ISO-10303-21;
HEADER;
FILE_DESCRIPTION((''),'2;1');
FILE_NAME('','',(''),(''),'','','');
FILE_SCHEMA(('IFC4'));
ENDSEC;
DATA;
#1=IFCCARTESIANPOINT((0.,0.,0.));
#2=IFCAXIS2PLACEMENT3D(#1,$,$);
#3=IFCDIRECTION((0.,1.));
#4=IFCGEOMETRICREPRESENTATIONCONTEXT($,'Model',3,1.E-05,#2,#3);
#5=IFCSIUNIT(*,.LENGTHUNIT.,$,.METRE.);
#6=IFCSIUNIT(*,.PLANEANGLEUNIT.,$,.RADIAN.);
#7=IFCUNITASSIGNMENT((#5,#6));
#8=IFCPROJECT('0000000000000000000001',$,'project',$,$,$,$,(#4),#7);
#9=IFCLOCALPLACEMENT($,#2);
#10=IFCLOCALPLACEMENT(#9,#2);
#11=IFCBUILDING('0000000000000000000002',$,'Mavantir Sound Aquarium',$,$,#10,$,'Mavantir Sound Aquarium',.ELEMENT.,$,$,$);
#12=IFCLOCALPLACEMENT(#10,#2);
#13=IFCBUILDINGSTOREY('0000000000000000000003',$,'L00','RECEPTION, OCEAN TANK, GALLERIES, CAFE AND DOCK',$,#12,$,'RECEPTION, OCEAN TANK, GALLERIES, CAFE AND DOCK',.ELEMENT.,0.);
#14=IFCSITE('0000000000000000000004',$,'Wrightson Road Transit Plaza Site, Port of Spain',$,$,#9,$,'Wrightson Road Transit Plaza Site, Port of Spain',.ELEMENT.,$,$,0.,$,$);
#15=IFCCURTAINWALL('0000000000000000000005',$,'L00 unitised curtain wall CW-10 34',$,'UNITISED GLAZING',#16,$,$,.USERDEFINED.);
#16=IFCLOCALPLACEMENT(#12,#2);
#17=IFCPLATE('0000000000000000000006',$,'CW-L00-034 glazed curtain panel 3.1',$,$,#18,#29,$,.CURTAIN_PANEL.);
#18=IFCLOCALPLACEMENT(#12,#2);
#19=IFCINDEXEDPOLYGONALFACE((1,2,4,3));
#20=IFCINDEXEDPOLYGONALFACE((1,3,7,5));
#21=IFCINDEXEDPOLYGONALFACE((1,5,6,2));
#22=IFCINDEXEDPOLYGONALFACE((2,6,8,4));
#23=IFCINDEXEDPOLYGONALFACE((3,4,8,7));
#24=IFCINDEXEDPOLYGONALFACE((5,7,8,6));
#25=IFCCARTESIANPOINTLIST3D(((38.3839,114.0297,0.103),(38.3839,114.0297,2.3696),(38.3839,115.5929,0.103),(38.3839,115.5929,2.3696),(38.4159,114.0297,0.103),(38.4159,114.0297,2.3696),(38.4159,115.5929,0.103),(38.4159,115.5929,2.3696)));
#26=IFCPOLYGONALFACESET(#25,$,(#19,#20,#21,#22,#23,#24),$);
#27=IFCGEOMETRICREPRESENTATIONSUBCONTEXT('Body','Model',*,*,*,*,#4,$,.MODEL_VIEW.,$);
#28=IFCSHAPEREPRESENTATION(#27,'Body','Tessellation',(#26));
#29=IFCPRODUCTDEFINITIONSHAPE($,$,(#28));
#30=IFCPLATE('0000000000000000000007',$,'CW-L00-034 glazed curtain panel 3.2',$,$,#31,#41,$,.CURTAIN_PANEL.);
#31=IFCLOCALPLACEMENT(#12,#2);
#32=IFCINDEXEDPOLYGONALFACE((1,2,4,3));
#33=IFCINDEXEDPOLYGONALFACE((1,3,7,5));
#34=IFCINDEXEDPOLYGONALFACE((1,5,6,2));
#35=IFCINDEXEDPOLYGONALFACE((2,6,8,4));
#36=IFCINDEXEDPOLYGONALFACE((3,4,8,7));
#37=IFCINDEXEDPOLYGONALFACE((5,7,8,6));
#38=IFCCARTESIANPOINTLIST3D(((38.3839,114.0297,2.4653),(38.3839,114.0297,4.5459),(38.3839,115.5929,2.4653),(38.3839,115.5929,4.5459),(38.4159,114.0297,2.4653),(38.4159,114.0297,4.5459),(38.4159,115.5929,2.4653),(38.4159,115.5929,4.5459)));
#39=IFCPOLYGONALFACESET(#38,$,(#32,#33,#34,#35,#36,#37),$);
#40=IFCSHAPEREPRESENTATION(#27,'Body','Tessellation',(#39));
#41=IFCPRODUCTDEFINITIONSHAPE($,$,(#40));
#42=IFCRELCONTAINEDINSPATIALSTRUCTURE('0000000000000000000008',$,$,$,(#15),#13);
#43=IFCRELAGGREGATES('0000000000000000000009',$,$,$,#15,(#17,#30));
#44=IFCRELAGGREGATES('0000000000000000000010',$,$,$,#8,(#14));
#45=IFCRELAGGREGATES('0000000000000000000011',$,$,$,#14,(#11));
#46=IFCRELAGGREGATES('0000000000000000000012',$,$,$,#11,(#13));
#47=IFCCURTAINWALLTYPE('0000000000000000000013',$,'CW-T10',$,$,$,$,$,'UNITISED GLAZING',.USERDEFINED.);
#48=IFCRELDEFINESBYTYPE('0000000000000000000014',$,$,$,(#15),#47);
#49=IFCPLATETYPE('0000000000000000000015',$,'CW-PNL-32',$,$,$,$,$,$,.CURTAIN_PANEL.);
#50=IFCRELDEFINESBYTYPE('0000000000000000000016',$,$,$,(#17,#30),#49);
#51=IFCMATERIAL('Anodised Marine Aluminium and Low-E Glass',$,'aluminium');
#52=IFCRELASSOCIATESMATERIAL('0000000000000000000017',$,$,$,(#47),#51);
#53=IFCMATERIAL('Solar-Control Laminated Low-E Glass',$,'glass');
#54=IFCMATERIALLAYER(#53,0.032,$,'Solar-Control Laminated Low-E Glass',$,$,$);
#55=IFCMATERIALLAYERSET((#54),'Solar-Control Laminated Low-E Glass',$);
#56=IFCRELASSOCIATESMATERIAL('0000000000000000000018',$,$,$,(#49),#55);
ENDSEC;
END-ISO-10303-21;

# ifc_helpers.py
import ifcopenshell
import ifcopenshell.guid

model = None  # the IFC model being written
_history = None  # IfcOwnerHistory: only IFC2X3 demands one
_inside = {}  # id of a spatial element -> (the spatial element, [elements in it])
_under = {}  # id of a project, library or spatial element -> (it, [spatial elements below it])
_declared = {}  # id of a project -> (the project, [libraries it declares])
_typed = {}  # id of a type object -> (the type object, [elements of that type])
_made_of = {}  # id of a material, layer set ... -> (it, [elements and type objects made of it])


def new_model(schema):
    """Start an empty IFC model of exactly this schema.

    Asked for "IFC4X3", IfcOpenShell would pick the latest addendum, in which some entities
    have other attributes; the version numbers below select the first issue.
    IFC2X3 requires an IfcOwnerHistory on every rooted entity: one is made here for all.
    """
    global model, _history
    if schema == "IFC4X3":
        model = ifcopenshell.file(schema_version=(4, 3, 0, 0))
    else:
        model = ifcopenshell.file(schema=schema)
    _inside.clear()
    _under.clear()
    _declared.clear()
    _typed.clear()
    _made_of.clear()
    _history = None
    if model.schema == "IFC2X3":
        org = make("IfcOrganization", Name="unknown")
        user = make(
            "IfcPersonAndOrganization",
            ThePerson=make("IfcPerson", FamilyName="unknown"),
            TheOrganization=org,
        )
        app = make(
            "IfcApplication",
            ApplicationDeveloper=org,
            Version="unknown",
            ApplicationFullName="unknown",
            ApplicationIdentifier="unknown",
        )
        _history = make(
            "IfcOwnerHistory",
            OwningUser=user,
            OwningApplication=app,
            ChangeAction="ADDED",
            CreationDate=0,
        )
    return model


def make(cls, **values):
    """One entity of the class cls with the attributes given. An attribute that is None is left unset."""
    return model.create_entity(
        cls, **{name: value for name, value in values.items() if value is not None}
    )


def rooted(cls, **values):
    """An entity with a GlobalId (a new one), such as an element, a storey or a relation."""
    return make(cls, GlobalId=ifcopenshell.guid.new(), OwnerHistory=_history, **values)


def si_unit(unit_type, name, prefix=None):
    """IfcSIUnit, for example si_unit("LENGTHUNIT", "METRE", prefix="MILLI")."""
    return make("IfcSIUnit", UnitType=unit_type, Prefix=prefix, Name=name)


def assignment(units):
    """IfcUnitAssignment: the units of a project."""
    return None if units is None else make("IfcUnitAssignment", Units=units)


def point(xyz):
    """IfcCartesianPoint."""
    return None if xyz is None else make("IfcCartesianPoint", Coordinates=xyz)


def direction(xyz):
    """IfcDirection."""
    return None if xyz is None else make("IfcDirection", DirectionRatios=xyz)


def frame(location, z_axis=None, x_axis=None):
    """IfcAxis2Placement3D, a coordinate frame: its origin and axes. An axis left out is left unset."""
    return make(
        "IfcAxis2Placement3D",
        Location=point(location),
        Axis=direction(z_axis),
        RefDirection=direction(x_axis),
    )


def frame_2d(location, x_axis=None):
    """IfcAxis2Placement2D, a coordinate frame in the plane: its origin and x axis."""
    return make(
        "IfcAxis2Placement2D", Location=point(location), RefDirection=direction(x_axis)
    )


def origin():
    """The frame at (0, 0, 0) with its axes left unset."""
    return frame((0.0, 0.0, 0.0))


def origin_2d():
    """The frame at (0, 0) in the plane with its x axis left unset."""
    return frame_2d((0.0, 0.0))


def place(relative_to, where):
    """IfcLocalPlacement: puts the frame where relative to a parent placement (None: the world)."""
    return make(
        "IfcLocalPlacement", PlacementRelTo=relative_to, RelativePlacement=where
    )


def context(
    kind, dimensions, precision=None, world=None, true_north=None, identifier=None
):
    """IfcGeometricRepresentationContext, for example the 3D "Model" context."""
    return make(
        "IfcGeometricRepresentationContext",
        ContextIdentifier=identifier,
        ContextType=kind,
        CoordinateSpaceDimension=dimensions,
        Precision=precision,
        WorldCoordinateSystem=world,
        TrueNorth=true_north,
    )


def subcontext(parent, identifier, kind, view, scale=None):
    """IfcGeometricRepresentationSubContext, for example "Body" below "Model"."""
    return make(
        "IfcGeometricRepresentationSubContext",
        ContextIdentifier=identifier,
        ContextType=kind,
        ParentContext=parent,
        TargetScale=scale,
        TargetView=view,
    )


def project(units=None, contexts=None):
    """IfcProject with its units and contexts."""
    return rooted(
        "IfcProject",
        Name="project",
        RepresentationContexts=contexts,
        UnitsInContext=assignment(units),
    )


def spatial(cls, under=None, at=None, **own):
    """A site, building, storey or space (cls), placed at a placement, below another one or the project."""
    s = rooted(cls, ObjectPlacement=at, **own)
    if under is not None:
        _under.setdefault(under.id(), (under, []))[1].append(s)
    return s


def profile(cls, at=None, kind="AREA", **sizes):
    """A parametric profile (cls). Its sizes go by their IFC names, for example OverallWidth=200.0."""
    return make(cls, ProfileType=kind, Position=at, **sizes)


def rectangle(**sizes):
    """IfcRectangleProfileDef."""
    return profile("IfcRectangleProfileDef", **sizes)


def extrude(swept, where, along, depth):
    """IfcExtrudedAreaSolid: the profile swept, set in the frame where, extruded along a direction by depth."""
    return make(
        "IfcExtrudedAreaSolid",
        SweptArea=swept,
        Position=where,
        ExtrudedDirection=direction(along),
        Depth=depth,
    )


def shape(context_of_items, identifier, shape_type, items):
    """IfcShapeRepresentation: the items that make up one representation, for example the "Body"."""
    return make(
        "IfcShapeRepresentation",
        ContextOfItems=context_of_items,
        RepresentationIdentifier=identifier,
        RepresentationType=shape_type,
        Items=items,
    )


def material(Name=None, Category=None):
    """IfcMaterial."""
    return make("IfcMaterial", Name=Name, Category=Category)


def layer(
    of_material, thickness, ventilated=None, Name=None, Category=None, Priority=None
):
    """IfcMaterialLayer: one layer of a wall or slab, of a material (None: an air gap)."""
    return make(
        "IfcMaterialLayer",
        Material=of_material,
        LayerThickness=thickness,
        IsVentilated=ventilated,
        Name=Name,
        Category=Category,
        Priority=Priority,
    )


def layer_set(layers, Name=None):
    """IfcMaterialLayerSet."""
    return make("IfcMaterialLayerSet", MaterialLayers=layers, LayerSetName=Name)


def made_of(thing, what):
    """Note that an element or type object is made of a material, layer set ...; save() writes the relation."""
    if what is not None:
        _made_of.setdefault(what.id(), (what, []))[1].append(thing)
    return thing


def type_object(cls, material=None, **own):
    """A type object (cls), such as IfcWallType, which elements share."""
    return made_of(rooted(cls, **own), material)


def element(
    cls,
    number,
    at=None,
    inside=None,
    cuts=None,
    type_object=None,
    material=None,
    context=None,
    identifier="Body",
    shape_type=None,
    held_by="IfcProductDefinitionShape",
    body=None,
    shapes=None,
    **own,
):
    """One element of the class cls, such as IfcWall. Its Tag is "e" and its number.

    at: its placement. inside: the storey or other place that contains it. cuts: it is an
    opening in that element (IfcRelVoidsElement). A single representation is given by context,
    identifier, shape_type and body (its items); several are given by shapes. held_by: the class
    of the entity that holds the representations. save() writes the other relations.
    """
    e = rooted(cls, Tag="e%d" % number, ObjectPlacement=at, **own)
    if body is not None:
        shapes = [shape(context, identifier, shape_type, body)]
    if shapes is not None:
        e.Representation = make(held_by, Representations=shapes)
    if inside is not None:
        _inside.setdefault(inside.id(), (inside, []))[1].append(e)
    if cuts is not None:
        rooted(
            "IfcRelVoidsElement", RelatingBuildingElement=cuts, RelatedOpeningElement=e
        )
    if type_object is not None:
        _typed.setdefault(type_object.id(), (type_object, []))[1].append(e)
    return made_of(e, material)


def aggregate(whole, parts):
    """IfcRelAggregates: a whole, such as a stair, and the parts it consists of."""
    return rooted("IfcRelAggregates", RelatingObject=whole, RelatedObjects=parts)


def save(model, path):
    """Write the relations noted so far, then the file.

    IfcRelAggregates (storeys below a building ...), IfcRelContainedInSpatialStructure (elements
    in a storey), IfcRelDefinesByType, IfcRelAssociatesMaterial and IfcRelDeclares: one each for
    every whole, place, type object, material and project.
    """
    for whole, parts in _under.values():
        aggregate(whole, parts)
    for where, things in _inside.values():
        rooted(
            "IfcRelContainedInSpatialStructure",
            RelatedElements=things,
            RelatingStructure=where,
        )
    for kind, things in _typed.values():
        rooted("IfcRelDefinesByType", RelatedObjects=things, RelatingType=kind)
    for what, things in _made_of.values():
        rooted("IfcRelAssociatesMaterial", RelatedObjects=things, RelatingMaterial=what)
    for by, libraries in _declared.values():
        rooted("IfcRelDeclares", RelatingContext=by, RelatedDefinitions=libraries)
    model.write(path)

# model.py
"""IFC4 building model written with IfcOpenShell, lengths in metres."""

from ifc_helpers import new_model, si_unit, direction, frame, origin, origin_2d, place, context, subcontext, project, spatial, rectangle, extrude, material, layer, layer_set, type_object, element, aggregate, save


model = new_model("IFC4")

# Units and contexts
model_context = context("Model", 3, precision=1e-05, world=origin(), true_north=direction((0.0, 1.0)))
body_context = subcontext(model_context, "Body", "Model", "MODEL_VIEW")
ifc_project = project(units=[si_unit("LENGTHUNIT", "METRE"), si_unit("PLANEANGLEUNIT", "RADIAN")], contexts=[model_context])

# Site, building, storey
site_placement = place(None, origin())
site = spatial("IfcSite", under=ifc_project, at=site_placement, Name="Wrightson Road Transit Plaza Site, Port of Spain", LongName="Wrightson Road Transit Plaza Site, Port of Spain", CompositionType="ELEMENT", RefElevation=0.0)
building_placement = place(site_placement, origin())
building = spatial("IfcBuilding", under=site, at=building_placement, Name="Mavantir Sound Aquarium", LongName="Mavantir Sound Aquarium", CompositionType="ELEMENT")
storey_placement = place(building_placement, origin())
storey = spatial("IfcBuildingStorey", under=building, at=storey_placement, Name="L00", Description="RECEPTION, OCEAN TANK, GALLERIES, CAFE AND DOCK", LongName="RECEPTION, OCEAN TANK, GALLERIES, CAFE AND DOCK", CompositionType="ELEMENT", Elevation=0.0)

# Curtain wall
ifc_material_1 = material(Name="Anodised Marine Aluminium and Low-E Glass", Category="aluminium")
curtain_wall_type_1 = type_object("IfcCurtainWallType", Name="CW-T10", ElementType="UNITISED GLAZING", PredefinedType="USERDEFINED", material=ifc_material_1)
curtain_wall_1_placement = place(storey_placement, origin())
curtain_wall_1 = element("IfcCurtainWall", 1, at=curtain_wall_1_placement, inside=storey, type_object=curtain_wall_type_1, Name="L00 unitised curtain wall CW-10 34", ObjectType="UNITISED GLAZING", PredefinedType="USERDEFINED")

# Plates
ifc_material_2 = material(Name="Solar-Control Laminated Low-E Glass", Category="glass")
ifc_layer_1 = layer(ifc_material_2, 0.032, Name="Solar-Control Laminated Low-E Glass")
ifc_layer_set_1 = layer_set([ifc_layer_1], Name="Solar-Control Laminated Low-E Glass")
plate_type_1 = type_object("IfcPlateType", Name="CW-PNL-32", PredefinedType="CURTAIN_PANEL", material=ifc_layer_set_1)
plate_1_placement = place(storey_placement, frame((38.3999, 114.8113, 0.103), z_axis=(0.0, 0.0, 1.0), x_axis=(0.0, 1.0, 0.0)))
plate_1 = element("IfcPlate", 2, at=plate_1_placement, type_object=plate_type_1, Name="CW-L00-034 glazed curtain panel 3.1", PredefinedType="CURTAIN_PANEL", context=body_context, shape_type="SweptSolid", body=[
    extrude(rectangle(XDim=1.5632, YDim=0.032, at=origin_2d()), origin(), (0.0, 0.0, 1.0), 2.2666),
])
plate_2_placement = place(storey_placement, frame((38.3999, 114.8113, 2.4653), z_axis=(0.0, 0.0, 1.0), x_axis=(0.0, 1.0, 0.0)))
plate_2 = element("IfcPlate", 3, at=plate_2_placement, type_object=plate_type_1, Name="CW-L00-034 glazed curtain panel 3.2", PredefinedType="CURTAIN_PANEL", context=body_context, shape_type="SweptSolid", body=[
    extrude(rectangle(XDim=1.5632, YDim=0.032, at=origin_2d()), origin(), (0.0, 0.0, 1.0), 2.0806),
])
aggregate(curtain_wall_1, [plate_1, plate_2])

save(model, "model.ifc")
